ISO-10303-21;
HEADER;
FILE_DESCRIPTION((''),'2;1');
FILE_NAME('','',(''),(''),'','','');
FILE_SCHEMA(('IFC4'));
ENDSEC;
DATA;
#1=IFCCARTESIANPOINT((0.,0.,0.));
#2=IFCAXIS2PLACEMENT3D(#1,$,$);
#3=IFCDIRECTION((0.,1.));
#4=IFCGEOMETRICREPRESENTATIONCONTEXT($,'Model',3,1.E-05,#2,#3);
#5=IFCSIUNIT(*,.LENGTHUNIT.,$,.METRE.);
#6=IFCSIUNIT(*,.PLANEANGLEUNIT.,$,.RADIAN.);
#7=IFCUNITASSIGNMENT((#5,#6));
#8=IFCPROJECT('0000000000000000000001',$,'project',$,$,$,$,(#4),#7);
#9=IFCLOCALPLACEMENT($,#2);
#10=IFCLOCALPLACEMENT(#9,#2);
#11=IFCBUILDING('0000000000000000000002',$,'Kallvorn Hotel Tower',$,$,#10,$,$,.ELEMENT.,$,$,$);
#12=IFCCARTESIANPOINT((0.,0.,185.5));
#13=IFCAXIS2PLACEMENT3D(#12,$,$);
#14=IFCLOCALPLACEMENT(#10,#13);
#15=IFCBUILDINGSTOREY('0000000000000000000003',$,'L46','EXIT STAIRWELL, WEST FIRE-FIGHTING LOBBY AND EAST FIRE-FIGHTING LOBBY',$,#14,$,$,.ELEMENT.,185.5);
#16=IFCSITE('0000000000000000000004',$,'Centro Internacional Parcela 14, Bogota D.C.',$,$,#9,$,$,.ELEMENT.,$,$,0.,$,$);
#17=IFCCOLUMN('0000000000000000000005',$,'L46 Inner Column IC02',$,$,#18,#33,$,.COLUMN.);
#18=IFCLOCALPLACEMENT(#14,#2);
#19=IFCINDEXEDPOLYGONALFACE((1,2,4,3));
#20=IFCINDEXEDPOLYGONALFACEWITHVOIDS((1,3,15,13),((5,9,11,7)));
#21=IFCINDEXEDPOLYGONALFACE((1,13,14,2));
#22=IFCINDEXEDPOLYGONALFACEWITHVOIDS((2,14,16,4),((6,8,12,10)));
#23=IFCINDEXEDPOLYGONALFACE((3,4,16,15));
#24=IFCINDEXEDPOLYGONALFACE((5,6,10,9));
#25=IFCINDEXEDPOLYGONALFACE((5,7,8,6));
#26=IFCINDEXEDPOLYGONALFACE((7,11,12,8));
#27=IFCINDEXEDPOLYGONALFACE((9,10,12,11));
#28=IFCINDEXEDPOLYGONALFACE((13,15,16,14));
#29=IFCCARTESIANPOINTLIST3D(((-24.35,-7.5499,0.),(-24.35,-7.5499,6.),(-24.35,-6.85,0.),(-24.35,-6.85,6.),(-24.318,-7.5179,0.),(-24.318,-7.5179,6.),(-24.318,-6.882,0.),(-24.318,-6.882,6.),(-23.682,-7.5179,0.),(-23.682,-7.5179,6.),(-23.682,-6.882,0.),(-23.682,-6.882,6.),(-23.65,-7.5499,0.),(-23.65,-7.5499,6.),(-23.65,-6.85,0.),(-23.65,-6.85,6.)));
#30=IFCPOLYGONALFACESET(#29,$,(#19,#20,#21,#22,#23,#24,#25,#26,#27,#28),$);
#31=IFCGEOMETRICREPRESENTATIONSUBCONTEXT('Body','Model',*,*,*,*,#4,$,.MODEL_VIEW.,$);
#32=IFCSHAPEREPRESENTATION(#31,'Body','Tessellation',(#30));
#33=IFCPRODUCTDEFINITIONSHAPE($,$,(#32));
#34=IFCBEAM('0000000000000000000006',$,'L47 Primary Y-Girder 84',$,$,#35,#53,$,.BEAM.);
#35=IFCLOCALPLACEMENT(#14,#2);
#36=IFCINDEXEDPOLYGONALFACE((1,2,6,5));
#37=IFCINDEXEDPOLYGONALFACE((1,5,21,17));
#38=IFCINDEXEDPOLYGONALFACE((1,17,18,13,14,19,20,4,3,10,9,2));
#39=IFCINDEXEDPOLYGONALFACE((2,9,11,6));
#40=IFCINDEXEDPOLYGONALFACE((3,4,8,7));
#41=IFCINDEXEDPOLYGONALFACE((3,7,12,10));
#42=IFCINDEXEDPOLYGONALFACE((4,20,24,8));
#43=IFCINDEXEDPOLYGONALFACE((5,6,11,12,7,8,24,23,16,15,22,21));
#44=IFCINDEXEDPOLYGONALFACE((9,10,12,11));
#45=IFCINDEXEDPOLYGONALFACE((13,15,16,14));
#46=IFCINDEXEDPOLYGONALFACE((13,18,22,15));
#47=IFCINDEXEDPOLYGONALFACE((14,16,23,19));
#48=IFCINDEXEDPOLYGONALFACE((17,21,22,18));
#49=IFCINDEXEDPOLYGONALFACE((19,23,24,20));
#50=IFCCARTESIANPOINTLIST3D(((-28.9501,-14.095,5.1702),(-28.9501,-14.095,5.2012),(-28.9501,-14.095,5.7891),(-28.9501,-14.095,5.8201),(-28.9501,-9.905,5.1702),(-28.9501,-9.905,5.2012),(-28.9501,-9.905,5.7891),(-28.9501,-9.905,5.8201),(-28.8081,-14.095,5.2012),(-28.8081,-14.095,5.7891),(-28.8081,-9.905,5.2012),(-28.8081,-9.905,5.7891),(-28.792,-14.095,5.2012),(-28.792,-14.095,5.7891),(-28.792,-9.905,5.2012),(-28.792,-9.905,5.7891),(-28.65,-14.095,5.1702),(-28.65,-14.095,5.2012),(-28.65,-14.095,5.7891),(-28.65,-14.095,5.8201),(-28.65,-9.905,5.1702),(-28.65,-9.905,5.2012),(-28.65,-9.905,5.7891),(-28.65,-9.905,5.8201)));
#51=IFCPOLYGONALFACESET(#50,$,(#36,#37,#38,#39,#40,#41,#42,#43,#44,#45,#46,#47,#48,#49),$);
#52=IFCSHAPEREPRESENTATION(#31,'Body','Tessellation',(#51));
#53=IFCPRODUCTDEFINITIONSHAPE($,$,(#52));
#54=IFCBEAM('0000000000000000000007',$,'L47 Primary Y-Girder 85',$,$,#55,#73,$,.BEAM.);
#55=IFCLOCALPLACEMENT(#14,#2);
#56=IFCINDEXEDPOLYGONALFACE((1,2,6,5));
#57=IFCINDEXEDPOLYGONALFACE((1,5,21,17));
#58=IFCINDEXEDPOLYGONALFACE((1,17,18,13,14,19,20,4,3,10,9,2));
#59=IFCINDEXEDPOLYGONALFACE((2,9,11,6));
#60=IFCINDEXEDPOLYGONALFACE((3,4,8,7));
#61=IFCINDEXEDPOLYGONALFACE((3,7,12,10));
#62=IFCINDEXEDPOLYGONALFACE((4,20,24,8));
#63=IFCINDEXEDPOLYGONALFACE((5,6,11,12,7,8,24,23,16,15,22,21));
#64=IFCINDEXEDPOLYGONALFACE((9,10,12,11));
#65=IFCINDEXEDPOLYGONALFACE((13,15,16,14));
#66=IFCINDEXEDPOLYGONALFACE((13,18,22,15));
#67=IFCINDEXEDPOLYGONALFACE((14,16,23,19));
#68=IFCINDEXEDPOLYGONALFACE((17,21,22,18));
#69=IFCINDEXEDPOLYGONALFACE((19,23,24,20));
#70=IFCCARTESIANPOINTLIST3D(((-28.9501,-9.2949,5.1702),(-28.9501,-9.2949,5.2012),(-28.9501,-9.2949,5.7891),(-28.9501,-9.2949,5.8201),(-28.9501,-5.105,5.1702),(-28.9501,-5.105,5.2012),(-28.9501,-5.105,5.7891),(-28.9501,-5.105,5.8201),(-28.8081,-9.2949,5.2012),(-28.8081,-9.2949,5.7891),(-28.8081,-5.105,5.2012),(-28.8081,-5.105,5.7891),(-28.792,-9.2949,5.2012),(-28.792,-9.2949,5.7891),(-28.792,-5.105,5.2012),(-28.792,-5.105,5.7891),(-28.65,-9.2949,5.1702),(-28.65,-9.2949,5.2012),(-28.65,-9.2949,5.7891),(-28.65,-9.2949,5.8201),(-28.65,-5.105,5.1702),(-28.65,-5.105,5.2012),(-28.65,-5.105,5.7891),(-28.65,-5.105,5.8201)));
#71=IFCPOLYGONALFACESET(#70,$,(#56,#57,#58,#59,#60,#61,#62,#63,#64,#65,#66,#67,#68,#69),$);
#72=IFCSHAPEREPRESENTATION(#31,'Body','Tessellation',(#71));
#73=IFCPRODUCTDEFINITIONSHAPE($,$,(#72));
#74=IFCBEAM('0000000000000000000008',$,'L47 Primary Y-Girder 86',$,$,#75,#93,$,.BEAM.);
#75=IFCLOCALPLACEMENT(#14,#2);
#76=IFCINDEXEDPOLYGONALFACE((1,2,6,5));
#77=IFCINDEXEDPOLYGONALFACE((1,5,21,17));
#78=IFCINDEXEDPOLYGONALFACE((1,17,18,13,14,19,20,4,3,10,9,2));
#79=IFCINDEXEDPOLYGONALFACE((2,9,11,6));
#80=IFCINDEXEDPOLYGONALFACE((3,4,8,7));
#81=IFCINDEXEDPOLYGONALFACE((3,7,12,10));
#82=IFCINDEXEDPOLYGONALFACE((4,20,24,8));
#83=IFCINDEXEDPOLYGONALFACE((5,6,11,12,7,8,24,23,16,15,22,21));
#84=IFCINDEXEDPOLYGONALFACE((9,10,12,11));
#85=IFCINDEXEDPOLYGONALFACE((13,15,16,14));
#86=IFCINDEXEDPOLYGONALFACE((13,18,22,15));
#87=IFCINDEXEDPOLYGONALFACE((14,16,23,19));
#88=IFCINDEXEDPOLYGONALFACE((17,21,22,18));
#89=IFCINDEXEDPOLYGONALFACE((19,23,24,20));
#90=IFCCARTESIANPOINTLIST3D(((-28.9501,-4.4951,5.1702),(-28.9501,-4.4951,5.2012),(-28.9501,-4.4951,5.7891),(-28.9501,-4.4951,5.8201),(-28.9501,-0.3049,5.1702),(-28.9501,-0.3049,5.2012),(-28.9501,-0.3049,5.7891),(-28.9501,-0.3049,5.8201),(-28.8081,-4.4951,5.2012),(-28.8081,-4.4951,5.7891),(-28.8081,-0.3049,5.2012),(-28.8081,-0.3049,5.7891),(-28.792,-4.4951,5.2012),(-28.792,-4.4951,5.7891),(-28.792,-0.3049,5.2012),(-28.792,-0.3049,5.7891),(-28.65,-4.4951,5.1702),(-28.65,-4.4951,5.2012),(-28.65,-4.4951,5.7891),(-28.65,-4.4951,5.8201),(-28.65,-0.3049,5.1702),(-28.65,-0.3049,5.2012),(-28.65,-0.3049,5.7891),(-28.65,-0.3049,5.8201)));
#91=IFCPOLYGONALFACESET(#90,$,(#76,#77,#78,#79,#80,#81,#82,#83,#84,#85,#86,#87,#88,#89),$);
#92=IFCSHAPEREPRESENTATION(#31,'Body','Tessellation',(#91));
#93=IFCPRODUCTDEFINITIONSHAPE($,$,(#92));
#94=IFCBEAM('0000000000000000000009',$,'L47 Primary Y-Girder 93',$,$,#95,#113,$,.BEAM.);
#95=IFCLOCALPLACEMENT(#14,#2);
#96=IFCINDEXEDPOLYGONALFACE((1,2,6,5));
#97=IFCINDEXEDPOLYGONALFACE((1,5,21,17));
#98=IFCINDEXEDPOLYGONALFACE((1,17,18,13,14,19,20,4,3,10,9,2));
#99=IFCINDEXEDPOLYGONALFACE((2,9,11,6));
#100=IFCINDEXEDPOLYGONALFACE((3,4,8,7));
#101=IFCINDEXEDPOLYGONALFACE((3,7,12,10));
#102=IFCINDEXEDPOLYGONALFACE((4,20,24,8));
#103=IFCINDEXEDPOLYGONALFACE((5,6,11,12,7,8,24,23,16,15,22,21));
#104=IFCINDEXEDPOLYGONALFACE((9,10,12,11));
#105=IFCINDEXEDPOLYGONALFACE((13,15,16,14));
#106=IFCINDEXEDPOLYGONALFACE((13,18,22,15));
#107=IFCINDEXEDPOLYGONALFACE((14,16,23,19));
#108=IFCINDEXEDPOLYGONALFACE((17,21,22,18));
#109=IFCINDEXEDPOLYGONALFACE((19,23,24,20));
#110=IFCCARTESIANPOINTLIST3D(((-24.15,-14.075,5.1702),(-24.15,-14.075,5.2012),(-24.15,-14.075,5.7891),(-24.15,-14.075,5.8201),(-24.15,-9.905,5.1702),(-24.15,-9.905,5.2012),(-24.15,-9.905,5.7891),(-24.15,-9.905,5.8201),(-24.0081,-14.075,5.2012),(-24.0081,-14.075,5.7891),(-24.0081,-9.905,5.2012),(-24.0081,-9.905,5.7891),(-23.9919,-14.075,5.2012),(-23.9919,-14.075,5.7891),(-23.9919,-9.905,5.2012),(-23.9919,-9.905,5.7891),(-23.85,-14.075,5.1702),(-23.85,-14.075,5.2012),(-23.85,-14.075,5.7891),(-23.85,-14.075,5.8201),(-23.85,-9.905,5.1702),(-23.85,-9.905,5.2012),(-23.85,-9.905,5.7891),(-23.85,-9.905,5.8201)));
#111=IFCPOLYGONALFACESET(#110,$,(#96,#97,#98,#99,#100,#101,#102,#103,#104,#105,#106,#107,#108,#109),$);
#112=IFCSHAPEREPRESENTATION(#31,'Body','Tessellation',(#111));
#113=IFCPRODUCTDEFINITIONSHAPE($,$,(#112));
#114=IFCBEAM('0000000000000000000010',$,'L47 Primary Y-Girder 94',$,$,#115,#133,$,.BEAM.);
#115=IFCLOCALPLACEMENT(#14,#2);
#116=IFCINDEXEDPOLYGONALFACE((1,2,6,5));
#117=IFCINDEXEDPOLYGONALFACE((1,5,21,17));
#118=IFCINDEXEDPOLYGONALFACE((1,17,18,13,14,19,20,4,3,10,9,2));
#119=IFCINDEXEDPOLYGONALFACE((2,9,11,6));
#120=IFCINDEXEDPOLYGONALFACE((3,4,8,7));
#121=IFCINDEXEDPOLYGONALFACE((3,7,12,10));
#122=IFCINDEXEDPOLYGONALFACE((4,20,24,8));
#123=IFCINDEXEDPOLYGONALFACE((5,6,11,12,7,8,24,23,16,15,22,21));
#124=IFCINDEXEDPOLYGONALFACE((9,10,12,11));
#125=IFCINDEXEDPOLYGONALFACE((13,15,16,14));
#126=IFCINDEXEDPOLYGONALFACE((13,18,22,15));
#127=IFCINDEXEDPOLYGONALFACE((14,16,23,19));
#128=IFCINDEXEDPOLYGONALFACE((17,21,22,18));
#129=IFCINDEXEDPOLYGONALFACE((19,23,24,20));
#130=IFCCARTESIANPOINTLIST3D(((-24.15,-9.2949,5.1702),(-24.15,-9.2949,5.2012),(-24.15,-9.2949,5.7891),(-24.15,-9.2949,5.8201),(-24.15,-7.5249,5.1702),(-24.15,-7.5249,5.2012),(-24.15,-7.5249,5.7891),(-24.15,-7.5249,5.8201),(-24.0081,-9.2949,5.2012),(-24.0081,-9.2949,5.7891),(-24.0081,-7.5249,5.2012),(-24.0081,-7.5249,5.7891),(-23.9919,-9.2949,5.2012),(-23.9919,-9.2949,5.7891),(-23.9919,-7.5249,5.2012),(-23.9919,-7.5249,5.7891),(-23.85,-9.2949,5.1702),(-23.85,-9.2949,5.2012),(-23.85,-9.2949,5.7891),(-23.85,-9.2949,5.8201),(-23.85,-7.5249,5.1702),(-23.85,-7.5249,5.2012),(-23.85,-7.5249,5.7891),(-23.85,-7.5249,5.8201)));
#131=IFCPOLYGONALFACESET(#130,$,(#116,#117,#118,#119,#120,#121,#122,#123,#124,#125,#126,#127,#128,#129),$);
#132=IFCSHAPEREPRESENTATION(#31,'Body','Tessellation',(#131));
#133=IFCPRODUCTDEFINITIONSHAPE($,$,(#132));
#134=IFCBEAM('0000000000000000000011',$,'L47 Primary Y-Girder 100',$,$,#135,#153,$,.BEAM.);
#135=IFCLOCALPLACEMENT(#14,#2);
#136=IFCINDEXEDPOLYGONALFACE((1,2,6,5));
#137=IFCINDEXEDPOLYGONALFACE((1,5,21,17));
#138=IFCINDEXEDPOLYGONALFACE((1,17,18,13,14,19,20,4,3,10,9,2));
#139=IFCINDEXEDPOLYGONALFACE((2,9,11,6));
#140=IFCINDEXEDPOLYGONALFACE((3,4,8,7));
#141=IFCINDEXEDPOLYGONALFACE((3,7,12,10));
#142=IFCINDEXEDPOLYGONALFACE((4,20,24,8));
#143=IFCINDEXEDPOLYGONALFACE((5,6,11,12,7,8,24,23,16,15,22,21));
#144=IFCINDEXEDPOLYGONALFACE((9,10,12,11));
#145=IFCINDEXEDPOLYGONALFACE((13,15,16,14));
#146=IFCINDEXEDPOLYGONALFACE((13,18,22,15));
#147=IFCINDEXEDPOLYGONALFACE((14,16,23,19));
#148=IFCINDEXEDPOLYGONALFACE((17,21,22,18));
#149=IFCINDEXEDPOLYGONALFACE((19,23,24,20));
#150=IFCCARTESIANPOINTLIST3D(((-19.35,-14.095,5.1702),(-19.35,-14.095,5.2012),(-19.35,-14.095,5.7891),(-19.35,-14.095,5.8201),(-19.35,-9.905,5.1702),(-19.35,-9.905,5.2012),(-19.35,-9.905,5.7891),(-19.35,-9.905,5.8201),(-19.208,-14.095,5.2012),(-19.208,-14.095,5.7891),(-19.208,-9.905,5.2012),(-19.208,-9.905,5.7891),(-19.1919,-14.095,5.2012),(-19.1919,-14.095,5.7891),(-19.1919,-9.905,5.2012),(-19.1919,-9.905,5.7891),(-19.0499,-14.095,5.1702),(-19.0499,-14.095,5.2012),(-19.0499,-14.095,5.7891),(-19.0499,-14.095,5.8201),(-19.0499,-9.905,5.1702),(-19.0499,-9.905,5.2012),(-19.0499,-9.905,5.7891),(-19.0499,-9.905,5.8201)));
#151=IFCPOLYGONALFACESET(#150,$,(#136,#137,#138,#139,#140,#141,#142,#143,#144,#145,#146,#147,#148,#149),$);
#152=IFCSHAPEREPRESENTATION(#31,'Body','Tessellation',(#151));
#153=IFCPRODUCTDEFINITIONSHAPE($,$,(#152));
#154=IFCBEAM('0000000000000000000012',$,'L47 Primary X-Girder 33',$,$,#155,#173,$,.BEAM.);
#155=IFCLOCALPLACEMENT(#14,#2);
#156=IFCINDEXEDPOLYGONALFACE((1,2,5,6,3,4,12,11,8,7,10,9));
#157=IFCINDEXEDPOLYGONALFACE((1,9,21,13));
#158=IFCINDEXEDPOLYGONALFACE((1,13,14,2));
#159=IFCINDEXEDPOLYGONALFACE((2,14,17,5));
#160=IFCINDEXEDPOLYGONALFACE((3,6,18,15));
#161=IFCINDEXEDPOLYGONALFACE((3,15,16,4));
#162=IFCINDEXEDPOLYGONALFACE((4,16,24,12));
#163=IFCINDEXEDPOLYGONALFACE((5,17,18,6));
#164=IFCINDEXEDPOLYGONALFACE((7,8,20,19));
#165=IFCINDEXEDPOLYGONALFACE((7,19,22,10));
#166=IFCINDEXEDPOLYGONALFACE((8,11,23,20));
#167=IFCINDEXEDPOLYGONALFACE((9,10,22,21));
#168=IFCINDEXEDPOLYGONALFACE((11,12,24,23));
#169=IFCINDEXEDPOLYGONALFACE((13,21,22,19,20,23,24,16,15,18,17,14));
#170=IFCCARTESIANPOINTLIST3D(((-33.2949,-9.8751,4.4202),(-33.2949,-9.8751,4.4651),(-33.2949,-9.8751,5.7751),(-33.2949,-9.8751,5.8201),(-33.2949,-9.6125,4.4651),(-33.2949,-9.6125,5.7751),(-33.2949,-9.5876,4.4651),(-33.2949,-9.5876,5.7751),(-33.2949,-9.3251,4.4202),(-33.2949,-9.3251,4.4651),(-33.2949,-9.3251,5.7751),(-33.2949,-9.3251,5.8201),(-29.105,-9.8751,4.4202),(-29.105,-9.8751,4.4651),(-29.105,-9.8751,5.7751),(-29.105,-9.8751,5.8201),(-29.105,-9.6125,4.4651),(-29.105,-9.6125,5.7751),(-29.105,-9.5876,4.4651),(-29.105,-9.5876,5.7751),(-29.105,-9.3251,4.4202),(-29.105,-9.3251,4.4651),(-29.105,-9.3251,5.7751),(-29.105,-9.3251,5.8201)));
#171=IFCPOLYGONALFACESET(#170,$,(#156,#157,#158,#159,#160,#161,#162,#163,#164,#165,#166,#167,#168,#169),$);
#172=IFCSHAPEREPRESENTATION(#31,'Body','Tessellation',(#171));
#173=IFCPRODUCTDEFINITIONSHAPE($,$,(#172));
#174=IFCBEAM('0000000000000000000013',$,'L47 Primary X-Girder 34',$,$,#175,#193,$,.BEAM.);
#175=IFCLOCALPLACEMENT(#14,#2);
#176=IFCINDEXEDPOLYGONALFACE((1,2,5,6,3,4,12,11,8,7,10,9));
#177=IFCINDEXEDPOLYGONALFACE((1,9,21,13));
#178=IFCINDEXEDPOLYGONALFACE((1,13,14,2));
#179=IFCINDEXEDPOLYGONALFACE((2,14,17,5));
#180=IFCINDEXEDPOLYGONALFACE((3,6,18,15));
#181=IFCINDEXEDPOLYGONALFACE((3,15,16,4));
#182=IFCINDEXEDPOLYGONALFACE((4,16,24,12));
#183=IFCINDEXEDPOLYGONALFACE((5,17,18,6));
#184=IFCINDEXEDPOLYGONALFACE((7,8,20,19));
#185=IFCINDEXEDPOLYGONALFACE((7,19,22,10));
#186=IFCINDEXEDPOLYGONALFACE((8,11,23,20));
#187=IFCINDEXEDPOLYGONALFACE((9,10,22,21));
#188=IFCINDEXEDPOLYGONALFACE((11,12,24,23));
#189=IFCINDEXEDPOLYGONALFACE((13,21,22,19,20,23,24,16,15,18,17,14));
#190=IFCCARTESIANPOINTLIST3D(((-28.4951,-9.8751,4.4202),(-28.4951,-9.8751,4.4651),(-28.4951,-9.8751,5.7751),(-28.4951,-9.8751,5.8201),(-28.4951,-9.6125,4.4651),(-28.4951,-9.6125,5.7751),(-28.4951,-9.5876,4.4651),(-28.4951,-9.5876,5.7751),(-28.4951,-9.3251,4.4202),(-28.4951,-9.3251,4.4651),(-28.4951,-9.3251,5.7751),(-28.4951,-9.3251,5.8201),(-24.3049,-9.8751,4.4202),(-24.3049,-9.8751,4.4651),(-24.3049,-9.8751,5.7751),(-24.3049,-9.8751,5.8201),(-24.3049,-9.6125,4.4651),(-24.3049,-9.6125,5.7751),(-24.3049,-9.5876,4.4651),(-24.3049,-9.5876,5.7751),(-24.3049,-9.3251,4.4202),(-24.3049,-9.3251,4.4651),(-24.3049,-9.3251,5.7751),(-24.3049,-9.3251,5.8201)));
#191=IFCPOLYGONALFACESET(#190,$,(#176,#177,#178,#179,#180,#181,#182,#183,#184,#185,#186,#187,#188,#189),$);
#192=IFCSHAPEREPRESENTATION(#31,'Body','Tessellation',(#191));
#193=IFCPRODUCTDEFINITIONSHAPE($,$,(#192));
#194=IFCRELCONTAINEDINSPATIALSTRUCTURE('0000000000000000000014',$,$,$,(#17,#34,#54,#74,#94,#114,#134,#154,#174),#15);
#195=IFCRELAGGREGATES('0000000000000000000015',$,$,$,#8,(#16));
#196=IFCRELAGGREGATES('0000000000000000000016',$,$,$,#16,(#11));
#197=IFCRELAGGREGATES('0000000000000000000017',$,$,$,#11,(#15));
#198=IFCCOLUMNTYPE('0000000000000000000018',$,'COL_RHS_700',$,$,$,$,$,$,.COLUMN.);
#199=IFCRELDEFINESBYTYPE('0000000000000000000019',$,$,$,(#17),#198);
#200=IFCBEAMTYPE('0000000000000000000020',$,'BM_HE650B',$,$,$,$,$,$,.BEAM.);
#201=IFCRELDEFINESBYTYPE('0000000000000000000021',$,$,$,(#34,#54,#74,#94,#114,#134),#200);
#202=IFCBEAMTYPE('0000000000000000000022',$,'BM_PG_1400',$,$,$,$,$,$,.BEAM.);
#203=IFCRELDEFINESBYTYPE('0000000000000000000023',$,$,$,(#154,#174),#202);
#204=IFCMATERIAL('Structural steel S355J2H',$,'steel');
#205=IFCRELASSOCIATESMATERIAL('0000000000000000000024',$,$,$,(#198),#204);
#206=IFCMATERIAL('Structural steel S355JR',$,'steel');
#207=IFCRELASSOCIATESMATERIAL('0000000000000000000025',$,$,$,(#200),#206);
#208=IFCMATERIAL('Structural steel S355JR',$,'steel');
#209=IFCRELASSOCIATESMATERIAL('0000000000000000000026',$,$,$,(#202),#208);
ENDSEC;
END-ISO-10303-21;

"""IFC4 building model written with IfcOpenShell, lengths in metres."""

from ifc_helpers import new_model, si_unit, direction, frame, origin, origin_2d, place, context, subcontext, project, spatial, hollow_rectangle, i_section, extrude, material, material_profile, profile_set, type_object, element, save


model = new_model("IFC4")

# Units and contexts
model_context = context("Model", 3, precision=1e-05, world=origin(), true_north=direction((0.0, 1.0)))
body_context = subcontext(model_context, "Body", "Model", "MODEL_VIEW")
ifc_project = project(units=[si_unit("LENGTHUNIT", "METRE"), si_unit("PLANEANGLEUNIT", "RADIAN")], contexts=[model_context])

# Site, building, storey
site_placement = place(None, origin())
site = spatial("IfcSite", under=ifc_project, at=site_placement, Name="Centro Internacional Parcela 14, Bogota D.C.", CompositionType="ELEMENT", RefElevation=0.0)
building_placement = place(site_placement, origin())
building = spatial("IfcBuilding", under=site, at=building_placement, Name="Kallvorn Hotel Tower", CompositionType="ELEMENT")
storey_placement = place(building_placement, frame((0.0, 0.0, 185.5)))
storey = spatial("IfcBuildingStorey", under=building, at=storey_placement, Name="L46", Description="EXIT STAIRWELL, WEST FIRE-FIGHTING LOBBY AND EAST FIRE-FIGHTING LOBBY", CompositionType="ELEMENT", Elevation=185.5)

# Column
ifc_material_1 = material(Name="Structural steel S355J2H", Category="steel")
ifc_material_profile_1 = material_profile(ifc_material_1, hollow_rectangle(XDim=0.7, YDim=0.7, WallThickness=0.032, at=origin_2d()), Name="RHS 700x700x32")
ifc_profile_set_1 = profile_set([ifc_material_profile_1], Name="Structural steel S355J2H")
column_type_1 = type_object("IfcColumnType", Name="COL_RHS_700", PredefinedType="COLUMN", material=ifc_profile_set_1)
column_placement = place(storey_placement, frame((-24.0, -7.2, 0.0), z_axis=(0.0, 0.0, 1.0), x_axis=(1.0, 0.0, 0.0)))
element("IfcColumn", 1, at=column_placement, inside=storey, type_object=column_type_1, Name="L46 Inner Column IC02", PredefinedType="COLUMN", context=body_context, shape_type="SweptSolid", body=[
    extrude(hollow_rectangle(XDim=0.7, YDim=0.7, WallThickness=0.032, at=origin_2d()), origin(), (0.0, 0.0, 1.0), 6.0),
])

# Beams
ifc_material_2 = material(Name="Structural steel S355JR", Category="steel")
ifc_material_profile_2 = material_profile(ifc_material_2, i_section(OverallWidth=0.3, OverallDepth=0.6499, WebThickness=0.0161, FlangeThickness=0.031, at=origin_2d()), Name="HE 650 B")
ifc_profile_set_2 = profile_set([ifc_material_profile_2], Name="Structural steel S355JR")
beam_type_1 = type_object("IfcBeamType", Name="BM_HE650B", PredefinedType="BEAM", material=ifc_profile_set_2)
for number, where, z_axis, x_axis, name in (
    (2, (-28.8, -14.095, 5.4951), (0.0, 1.0, 0.0), (-1.0, 0.0, 0.0), "L47 Primary Y-Girder 84"),
    (3, (-28.8, -9.2949, 5.4951), (0.0, 1.0, 0.0), (-1.0, 0.0, 0.0), "L47 Primary Y-Girder 85"),
):
    element("IfcBeam", number, at=place(storey_placement, frame(where, z_axis=z_axis, x_axis=x_axis)), inside=storey, type_object=beam_type_1, Name=name, PredefinedType="BEAM", context=body_context, shape_type="SweptSolid", body=[
        extrude(i_section(OverallWidth=0.3, OverallDepth=0.6499, WebThickness=0.0161, FlangeThickness=0.031, at=origin_2d()), origin(), (0.0, 0.0, 1.0), 4.1899),
    ])
beam_1_placement = place(storey_placement, frame((-28.8, -4.4951, 5.4951), z_axis=(0.0, 1.0, 0.0), x_axis=(-1.0, 0.0, 0.0)))
element("IfcBeam", 4, at=beam_1_placement, inside=storey, type_object=beam_type_1, Name="L47 Primary Y-Girder 86", PredefinedType="BEAM", context=body_context, shape_type="SweptSolid", body=[
    extrude(i_section(OverallWidth=0.3, OverallDepth=0.6499, WebThickness=0.0161, FlangeThickness=0.031, at=origin_2d()), origin(), (0.0, 0.0, 1.0), 4.1902),
])
beam_2_placement = place(storey_placement, frame((-24.0, -14.075, 5.4951), z_axis=(0.0, 1.0, 0.0), x_axis=(-1.0, 0.0, 0.0)))
element("IfcBeam", 5, at=beam_2_placement, inside=storey, type_object=beam_type_1, Name="L47 Primary Y-Girder 93", PredefinedType="BEAM", context=body_context, shape_type="SweptSolid", body=[
    extrude(i_section(OverallWidth=0.3, OverallDepth=0.6499, WebThickness=0.0161, FlangeThickness=0.031, at=origin_2d()), origin(), (0.0, 0.0, 1.0), 4.1699),
])
beam_3_placement = place(storey_placement, frame((-24.0, -9.2949, 5.4951), z_axis=(0.0, 1.0, 0.0), x_axis=(-1.0, 0.0, 0.0)))
element("IfcBeam", 6, at=beam_3_placement, inside=storey, type_object=beam_type_1, Name="L47 Primary Y-Girder 94", PredefinedType="BEAM", context=body_context, shape_type="SweptSolid", body=[
    extrude(i_section(OverallWidth=0.3, OverallDepth=0.6499, WebThickness=0.0161, FlangeThickness=0.031, at=origin_2d()), origin(), (0.0, 0.0, 1.0), 1.77),
])
beam_4_placement = place(storey_placement, frame((-19.2, -14.095, 5.4951), z_axis=(0.0, 1.0, 0.0), x_axis=(-1.0, 0.0, 0.0)))
element("IfcBeam", 7, at=beam_4_placement, inside=storey, type_object=beam_type_1, Name="L47 Primary Y-Girder 100", PredefinedType="BEAM", context=body_context, shape_type="SweptSolid", body=[
    extrude(i_section(OverallWidth=0.3, OverallDepth=0.6499, WebThickness=0.0161, FlangeThickness=0.031, at=origin_2d()), origin(), (0.0, 0.0, 1.0), 4.1899),
])
ifc_material_3 = material(Name="Structural steel S355JR", Category="steel")
ifc_material_profile_3 = material_profile(ifc_material_3, i_section(OverallWidth=0.55, OverallDepth=1.3999, WebThickness=0.0249, FlangeThickness=0.0449, at=origin_2d()), Name="PG 1400x550x25x45")
ifc_profile_set_3 = profile_set([ifc_material_profile_3], Name="Structural steel S355JR")
beam_type_2 = type_object("IfcBeamType", Name="BM_PG_1400", PredefinedType="BEAM", material=ifc_profile_set_3)
beam_5_placement = place(storey_placement, frame((-33.2949, -9.6001, 5.1201), z_axis=(1.0, 0.0, 0.0), x_axis=(0.0, 1.0, 0.0)))
element("IfcBeam", 8, at=beam_5_placement, inside=storey, type_object=beam_type_2, Name="L47 Primary X-Girder 33", PredefinedType="BEAM", context=body_context, shape_type="SweptSolid", body=[
    extrude(i_section(OverallWidth=0.55, OverallDepth=1.3999, WebThickness=0.0249, FlangeThickness=0.0449, at=origin_2d()), origin(), (0.0, 0.0, 1.0), 4.1899),
])
for number, where, z_axis, x_axis, name in (
    (9, (-28.4951, -9.6001, 5.1201), (1.0, 0.0, 0.0), (0.0, 1.0, 0.0), "L47 Primary X-Girder 34"),
):
    element("IfcBeam", number, at=place(storey_placement, frame(where, z_axis=z_axis, x_axis=x_axis)), inside=storey, type_object=beam_type_2, Name=name, PredefinedType="BEAM", context=body_context, shape_type="SweptSolid", body=[
        extrude(i_section(OverallWidth=0.55, OverallDepth=1.3999, WebThickness=0.0249, FlangeThickness=0.0449, at=origin_2d()), origin(), (0.0, 0.0, 1.0), 4.1902),
    ])

save(model, "model.ifc")
